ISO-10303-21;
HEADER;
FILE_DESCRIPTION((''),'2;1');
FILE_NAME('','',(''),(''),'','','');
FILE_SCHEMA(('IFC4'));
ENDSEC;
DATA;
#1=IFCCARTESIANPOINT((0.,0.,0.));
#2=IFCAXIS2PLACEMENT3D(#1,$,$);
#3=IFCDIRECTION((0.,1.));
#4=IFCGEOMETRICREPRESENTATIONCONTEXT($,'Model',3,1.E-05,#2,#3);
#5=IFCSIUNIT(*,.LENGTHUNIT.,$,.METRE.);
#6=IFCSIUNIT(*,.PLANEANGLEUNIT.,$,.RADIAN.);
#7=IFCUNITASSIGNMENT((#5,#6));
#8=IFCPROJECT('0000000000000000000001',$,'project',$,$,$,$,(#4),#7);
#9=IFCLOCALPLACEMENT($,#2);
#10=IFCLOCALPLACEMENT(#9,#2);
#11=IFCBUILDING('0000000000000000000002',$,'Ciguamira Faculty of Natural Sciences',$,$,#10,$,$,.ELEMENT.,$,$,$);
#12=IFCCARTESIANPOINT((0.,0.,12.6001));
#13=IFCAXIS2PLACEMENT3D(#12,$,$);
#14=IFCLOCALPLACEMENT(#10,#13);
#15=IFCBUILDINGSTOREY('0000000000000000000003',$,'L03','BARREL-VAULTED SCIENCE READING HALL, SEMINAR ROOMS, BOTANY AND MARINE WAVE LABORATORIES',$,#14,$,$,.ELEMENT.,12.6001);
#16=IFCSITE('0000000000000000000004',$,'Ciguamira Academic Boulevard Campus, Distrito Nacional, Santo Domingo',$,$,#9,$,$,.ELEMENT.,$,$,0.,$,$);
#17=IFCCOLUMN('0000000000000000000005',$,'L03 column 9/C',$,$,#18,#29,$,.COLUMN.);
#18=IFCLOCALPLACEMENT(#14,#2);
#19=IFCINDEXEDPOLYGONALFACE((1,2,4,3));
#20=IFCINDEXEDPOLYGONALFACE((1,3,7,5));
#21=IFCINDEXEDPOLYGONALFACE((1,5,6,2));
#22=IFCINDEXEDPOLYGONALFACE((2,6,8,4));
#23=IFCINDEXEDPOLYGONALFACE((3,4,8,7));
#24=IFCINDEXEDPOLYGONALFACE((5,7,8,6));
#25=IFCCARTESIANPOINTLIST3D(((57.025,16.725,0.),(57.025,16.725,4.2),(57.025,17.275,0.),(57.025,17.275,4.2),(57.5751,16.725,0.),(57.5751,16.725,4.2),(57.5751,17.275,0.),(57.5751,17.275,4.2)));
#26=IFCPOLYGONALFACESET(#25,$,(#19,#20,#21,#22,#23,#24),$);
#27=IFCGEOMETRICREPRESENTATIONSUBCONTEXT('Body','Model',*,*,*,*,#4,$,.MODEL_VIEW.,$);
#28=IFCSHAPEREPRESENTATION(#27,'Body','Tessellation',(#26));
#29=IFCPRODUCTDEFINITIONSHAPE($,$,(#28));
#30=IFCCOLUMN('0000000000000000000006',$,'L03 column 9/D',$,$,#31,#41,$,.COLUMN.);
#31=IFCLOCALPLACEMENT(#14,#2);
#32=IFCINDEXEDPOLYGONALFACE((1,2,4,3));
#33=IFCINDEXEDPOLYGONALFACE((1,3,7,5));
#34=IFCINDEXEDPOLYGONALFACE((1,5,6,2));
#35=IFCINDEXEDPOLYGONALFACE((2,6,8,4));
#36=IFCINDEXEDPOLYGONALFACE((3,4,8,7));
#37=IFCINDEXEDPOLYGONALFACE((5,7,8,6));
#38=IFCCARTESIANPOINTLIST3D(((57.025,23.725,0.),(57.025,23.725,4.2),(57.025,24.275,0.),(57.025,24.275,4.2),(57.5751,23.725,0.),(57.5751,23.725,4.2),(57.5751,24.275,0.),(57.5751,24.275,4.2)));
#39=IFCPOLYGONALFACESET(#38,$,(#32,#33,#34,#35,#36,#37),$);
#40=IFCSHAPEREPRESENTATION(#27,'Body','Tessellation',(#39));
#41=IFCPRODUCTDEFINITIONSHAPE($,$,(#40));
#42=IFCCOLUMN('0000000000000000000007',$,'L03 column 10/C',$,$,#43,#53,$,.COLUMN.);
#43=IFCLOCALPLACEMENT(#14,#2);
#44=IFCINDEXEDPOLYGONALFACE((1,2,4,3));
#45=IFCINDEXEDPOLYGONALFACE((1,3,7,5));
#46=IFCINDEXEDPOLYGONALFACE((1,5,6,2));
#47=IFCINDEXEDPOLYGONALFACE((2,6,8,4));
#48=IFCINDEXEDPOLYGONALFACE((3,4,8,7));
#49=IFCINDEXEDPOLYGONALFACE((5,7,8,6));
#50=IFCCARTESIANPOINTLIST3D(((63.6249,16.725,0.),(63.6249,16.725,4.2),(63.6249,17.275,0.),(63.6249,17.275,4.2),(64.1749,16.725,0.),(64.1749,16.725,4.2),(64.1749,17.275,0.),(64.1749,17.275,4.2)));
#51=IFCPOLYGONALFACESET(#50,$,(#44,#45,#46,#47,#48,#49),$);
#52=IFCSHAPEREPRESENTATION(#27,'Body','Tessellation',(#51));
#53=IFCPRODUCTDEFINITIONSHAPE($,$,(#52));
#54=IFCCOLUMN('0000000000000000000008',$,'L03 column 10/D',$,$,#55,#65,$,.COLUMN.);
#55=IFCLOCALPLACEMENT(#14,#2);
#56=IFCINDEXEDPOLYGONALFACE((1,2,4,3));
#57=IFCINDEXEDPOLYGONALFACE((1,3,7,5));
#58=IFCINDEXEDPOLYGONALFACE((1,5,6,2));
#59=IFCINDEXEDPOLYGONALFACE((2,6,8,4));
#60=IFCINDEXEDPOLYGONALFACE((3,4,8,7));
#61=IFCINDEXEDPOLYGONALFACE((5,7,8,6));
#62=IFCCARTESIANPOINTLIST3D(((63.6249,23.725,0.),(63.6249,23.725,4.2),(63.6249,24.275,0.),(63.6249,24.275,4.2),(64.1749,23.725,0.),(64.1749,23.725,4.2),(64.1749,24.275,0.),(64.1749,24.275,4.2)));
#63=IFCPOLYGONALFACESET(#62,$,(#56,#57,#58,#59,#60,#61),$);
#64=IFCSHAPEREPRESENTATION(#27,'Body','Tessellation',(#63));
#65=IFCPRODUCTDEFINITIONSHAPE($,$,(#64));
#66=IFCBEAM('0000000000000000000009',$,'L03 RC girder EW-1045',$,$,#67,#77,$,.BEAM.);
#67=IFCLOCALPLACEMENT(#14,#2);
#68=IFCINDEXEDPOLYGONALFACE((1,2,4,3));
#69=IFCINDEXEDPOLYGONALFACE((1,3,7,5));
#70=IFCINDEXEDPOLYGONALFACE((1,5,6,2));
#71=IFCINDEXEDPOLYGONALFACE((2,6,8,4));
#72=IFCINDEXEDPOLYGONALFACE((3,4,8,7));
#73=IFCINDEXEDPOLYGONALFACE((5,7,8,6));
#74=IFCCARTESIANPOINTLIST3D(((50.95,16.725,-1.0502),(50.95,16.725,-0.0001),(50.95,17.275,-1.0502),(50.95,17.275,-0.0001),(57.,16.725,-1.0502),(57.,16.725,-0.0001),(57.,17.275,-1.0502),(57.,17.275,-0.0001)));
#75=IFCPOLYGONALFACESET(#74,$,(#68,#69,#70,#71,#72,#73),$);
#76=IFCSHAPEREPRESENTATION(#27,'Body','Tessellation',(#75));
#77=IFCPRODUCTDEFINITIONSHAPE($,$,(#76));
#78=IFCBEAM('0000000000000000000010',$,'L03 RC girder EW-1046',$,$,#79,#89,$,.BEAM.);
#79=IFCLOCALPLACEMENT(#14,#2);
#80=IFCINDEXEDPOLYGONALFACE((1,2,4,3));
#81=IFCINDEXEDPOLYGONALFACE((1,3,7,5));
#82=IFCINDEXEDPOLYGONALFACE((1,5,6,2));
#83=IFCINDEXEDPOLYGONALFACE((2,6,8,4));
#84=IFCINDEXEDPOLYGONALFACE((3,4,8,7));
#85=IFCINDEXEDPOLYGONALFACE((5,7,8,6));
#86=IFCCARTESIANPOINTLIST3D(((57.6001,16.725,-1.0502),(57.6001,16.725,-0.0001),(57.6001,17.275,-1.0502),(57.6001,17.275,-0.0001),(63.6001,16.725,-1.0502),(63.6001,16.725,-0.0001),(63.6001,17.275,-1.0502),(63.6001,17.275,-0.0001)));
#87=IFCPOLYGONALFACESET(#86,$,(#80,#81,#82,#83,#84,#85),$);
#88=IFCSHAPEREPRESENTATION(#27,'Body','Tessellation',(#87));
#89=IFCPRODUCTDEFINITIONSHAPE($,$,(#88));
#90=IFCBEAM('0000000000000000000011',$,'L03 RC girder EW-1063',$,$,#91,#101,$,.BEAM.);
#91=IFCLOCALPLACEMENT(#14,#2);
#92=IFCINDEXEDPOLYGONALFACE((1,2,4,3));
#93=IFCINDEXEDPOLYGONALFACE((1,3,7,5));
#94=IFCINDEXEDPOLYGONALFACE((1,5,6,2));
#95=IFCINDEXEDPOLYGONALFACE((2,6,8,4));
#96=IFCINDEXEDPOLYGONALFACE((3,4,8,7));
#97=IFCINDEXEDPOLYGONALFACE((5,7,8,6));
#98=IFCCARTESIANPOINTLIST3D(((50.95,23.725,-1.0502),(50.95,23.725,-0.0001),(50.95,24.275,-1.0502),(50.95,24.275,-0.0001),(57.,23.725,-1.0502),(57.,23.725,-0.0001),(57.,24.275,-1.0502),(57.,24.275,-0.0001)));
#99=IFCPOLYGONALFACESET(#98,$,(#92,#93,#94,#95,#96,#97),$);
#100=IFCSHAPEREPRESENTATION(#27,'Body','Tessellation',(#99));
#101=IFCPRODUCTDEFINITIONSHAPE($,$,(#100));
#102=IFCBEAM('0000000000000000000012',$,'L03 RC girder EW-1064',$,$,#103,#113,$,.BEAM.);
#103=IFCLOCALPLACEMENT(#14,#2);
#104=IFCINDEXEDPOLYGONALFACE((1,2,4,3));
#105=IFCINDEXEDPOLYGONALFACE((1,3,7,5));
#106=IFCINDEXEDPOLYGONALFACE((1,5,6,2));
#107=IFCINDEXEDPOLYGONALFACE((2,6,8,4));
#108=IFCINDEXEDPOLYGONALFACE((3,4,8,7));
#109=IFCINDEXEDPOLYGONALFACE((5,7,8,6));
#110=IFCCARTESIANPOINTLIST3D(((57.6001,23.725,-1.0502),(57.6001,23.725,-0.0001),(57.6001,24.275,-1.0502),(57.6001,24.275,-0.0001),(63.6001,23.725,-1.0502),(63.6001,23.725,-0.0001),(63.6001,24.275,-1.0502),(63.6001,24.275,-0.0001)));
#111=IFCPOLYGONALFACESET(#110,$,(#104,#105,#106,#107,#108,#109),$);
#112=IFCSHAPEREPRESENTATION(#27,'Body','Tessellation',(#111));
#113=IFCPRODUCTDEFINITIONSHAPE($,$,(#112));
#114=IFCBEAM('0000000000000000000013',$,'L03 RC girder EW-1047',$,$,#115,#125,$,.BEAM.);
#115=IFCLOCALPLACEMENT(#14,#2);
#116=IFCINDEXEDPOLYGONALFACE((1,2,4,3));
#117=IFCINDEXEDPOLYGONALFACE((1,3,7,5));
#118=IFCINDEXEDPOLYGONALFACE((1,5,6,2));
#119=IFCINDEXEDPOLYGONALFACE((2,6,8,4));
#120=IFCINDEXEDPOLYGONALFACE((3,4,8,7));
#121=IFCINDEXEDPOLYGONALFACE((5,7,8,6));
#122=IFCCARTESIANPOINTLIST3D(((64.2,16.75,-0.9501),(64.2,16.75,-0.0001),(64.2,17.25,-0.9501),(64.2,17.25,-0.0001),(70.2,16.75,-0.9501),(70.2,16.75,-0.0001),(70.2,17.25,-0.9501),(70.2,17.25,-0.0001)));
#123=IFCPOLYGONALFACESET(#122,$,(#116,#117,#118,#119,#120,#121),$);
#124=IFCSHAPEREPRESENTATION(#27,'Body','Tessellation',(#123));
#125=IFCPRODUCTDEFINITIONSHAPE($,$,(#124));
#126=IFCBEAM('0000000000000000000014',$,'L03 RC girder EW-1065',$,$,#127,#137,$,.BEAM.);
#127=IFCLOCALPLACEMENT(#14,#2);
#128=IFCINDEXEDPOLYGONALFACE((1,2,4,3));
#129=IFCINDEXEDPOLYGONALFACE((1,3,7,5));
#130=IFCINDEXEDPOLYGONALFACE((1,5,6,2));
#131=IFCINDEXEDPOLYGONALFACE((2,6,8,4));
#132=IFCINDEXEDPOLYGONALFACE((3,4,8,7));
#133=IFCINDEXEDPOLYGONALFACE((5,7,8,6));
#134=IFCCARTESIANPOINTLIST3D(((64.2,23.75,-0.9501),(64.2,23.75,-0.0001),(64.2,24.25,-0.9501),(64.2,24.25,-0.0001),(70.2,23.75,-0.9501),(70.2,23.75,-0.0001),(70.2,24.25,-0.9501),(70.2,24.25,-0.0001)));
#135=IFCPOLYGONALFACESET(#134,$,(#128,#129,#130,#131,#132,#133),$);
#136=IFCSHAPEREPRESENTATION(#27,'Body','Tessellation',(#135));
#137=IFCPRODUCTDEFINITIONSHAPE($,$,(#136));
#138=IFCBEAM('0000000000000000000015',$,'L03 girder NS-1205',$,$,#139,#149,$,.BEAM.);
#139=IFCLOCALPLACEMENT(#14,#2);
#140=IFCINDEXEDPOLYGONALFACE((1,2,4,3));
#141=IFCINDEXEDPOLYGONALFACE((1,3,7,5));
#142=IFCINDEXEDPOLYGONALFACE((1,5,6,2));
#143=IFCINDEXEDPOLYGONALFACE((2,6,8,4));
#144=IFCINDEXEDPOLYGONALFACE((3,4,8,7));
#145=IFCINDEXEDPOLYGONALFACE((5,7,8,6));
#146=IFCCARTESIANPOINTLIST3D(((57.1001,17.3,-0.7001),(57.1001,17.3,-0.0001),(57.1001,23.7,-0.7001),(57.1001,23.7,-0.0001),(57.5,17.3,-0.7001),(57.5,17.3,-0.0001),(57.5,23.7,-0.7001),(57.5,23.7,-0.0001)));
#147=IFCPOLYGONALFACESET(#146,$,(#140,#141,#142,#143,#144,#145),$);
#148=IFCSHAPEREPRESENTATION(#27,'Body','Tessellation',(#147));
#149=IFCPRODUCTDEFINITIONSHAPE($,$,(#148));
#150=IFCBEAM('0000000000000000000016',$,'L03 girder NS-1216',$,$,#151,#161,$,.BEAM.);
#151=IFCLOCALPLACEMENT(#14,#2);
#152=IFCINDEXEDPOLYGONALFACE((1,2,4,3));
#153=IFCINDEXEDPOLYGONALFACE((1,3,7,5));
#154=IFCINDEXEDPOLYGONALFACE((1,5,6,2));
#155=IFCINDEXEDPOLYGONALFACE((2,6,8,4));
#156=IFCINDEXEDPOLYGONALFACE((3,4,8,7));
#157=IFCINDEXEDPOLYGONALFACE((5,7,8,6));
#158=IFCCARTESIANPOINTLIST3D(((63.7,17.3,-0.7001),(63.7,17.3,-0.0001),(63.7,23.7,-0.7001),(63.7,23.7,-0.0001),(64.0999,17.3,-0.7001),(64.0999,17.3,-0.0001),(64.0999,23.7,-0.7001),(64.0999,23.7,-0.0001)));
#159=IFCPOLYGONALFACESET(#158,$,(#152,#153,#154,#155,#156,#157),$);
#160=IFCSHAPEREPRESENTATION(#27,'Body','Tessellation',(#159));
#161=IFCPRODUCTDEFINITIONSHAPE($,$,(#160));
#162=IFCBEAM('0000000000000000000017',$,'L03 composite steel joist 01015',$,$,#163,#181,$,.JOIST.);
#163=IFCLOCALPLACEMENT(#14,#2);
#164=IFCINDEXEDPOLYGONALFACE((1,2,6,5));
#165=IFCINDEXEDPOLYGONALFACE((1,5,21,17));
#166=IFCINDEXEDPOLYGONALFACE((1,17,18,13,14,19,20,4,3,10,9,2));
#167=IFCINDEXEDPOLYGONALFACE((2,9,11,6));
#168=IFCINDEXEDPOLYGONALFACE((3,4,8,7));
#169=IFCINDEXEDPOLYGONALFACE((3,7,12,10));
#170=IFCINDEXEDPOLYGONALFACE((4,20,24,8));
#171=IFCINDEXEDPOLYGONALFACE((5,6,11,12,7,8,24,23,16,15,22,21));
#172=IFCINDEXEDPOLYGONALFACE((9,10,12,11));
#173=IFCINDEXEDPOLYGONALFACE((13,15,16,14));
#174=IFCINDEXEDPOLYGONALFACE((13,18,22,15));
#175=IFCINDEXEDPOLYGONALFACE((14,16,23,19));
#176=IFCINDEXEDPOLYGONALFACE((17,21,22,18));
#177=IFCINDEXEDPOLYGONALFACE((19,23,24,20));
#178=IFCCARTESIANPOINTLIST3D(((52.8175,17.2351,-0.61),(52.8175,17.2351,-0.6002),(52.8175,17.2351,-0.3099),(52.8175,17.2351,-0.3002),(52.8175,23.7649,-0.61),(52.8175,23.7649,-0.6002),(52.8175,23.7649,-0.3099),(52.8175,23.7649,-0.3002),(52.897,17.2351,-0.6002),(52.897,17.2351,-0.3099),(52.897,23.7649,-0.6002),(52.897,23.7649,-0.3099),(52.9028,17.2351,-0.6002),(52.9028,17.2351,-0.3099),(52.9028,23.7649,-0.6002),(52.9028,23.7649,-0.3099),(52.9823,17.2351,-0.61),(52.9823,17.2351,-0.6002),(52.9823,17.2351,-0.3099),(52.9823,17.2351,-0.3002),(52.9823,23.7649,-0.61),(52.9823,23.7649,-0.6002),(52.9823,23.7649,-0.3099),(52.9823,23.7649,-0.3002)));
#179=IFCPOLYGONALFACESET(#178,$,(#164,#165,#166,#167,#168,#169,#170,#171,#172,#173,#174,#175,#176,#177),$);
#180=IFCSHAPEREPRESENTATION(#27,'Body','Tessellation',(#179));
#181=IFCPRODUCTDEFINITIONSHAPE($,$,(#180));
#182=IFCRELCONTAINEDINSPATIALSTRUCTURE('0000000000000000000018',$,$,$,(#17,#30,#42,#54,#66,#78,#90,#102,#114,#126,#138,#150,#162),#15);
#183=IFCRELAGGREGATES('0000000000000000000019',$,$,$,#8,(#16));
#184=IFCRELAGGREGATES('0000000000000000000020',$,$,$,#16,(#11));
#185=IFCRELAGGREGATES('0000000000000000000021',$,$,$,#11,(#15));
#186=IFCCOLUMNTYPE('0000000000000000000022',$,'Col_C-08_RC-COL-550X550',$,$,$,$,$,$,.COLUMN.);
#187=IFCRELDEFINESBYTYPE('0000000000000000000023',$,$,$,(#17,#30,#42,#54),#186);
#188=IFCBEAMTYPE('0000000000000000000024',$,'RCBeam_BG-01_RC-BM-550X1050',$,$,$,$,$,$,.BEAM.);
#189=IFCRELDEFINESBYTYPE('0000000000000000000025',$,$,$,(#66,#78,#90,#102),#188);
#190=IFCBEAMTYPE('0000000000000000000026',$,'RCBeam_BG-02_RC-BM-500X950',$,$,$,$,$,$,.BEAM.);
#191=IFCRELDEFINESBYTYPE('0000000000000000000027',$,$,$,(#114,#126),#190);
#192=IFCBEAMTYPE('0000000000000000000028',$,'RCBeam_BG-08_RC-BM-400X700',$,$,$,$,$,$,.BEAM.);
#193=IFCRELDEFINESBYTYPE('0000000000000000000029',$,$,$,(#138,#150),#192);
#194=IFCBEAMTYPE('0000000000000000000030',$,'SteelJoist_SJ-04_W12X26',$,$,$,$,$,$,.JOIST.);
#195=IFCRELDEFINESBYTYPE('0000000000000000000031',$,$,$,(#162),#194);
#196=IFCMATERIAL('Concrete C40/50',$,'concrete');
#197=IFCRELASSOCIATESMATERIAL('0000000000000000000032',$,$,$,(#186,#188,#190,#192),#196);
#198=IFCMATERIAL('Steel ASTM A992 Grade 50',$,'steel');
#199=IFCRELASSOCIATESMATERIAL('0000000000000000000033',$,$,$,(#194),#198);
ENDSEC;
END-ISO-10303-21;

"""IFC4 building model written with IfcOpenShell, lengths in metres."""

from ifc_helpers import new_model, si_unit, direction, frame, origin, origin_2d, place, context, subcontext, project, spatial, rectangle, i_section, extrude, material, material_profile, profile_set, type_object, element, save


model = new_model("IFC4")

# Units and contexts
model_context = context("Model", 3, precision=1e-05, world=origin(), true_north=direction((0.0, 1.0)))
body_context = subcontext(model_context, "Body", "Model", "MODEL_VIEW")
ifc_project = project(units=[si_unit("LENGTHUNIT", "METRE"), si_unit("PLANEANGLEUNIT", "RADIAN")], contexts=[model_context])

# Site, building, storey
site_placement = place(None, origin())
site = spatial("IfcSite", under=ifc_project, at=site_placement, Name="Ciguamira Academic Boulevard Campus, Distrito Nacional, Santo Domingo", CompositionType="ELEMENT", RefElevation=0.0)
building_placement = place(site_placement, origin())
building = spatial("IfcBuilding", under=site, at=building_placement, Name="Ciguamira Faculty of Natural Sciences", CompositionType="ELEMENT")
storey_placement = place(building_placement, frame((0.0, 0.0, 12.6001)))
storey = spatial("IfcBuildingStorey", under=building, at=storey_placement, Name="L03", Description="BARREL-VAULTED SCIENCE READING HALL, SEMINAR ROOMS, BOTANY AND MARINE WAVE LABORATORIES", CompositionType="ELEMENT", Elevation=12.6001)

# Columns
ifc_material_1 = material(Name="Concrete C40/50", Category="concrete")
ifc_material_profile_1 = material_profile(ifc_material_1, rectangle(XDim=0.55, YDim=0.55, at=origin_2d()), Name="RC-COL-550X550")
ifc_profile_set_1 = profile_set([ifc_material_profile_1], Name="Concrete C40/50")
column_type = type_object("IfcColumnType", Name="Col_C-08_RC-COL-550X550", PredefinedType="COLUMN", material=ifc_profile_set_1)
for number, where, z_axis, x_axis, name in (
    (1, (57.3, 17.0, 0.0), (0.0, 0.0, 1.0), (1.0, 0.0, 0.0), "L03 column 9/C"),
    (2, (57.3, 24.0, 0.0), (0.0, 0.0, 1.0), (1.0, 0.0, 0.0), "L03 column 9/D"),
    (3, (63.8999, 17.0, 0.0), (0.0, 0.0, 1.0), (1.0, 0.0, 0.0), "L03 column 10/C"),
    (4, (63.8999, 24.0, 0.0), (0.0, 0.0, 1.0), (1.0, 0.0, 0.0), "L03 column 10/D"),
):
    element("IfcColumn", number, at=place(storey_placement, frame(where, z_axis=z_axis, x_axis=x_axis)), inside=storey, type_object=column_type, Name=name, PredefinedType="COLUMN", context=body_context, shape_type="SweptSolid", body=[
        extrude(rectangle(XDim=0.55, YDim=0.55, at=origin_2d()), origin(), (0.0, 0.0, 1.0), 4.2),
    ])

# Beams
ifc_material_profile_2 = material_profile(ifc_material_1, rectangle(XDim=0.55, YDim=1.05, at=origin_2d()), Name="RC-BM-550X1050")
ifc_profile_set_2 = profile_set([ifc_material_profile_2], Name="Concrete C40/50")
beam_type_1 = type_object("IfcBeamType", Name="RCBeam_BG-01_RC-BM-550X1050", PredefinedType="BEAM", material=ifc_profile_set_2)
beam_1_placement = place(storey_placement, frame((50.95, 17.0, -0.5251), z_axis=(1.0, 0.0, 0.0), x_axis=(0.0, 1.0, 0.0)))
element("IfcBeam", 5, at=beam_1_placement, inside=storey, type_object=beam_type_1, Name="L03 RC girder EW-1045", PredefinedType="BEAM", context=body_context, shape_type="SweptSolid", body=[
    extrude(rectangle(XDim=0.55, YDim=1.05, at=origin_2d()), origin(), (0.0, 0.0, 1.0), 6.05),
])
beam_2_placement = place(storey_placement, frame((57.6001, 17.0, -0.5251), z_axis=(1.0, 0.0, 0.0), x_axis=(0.0, 1.0, 0.0)))
element("IfcBeam", 6, at=beam_2_placement, inside=storey, type_object=beam_type_1, Name="L03 RC girder EW-1046", PredefinedType="BEAM", context=body_context, shape_type="SweptSolid", body=[
    extrude(rectangle(XDim=0.55, YDim=1.05, at=origin_2d()), origin(), (0.0, 0.0, 1.0), 6.0),
])
beam_3_placement = place(storey_placement, frame((50.95, 24.0, -0.5251), z_axis=(1.0, 0.0, 0.0), x_axis=(0.0, 1.0, 0.0)))
element("IfcBeam", 7, at=beam_3_placement, inside=storey, type_object=beam_type_1, Name="L03 RC girder EW-1063", PredefinedType="BEAM", context=body_context, shape_type="SweptSolid", body=[
    extrude(rectangle(XDim=0.55, YDim=1.05, at=origin_2d()), origin(), (0.0, 0.0, 1.0), 6.05),
])
beam_4_placement = place(storey_placement, frame((57.6001, 24.0, -0.5251), z_axis=(1.0, 0.0, 0.0), x_axis=(0.0, 1.0, 0.0)))
element("IfcBeam", 8, at=beam_4_placement, inside=storey, type_object=beam_type_1, Name="L03 RC girder EW-1064", PredefinedType="BEAM", context=body_context, shape_type="SweptSolid", body=[
    extrude(rectangle(XDim=0.55, YDim=1.05, at=origin_2d()), origin(), (0.0, 0.0, 1.0), 6.0),
])
ifc_material_profile_3 = material_profile(ifc_material_1, rectangle(XDim=0.5, YDim=0.95, at=origin_2d()), Name="RC-BM-500X950")
ifc_profile_set_3 = profile_set([ifc_material_profile_3], Name="Concrete C40/50")
beam_type_2 = type_object("IfcBeamType", Name="RCBeam_BG-02_RC-BM-500X950", PredefinedType="BEAM", material=ifc_profile_set_3)
for number, where, z_axis, x_axis, name in (
    (9, (64.2, 17.0, -0.4751), (1.0, 0.0, 0.0), (0.0, 1.0, 0.0), "L03 RC girder EW-1047"),
    (10, (64.2, 24.0, -0.4751), (1.0, 0.0, 0.0), (0.0, 1.0, 0.0), "L03 RC girder EW-1065"),
):
    element("IfcBeam", number, at=place(storey_placement, frame(where, z_axis=z_axis, x_axis=x_axis)), inside=storey, type_object=beam_type_2, Name=name, PredefinedType="BEAM", context=body_context, shape_type="SweptSolid", body=[
        extrude(rectangle(XDim=0.5, YDim=0.95, at=origin_2d()), origin(), (0.0, 0.0, 1.0), 6.0),
    ])
ifc_material_profile_4 = material_profile(ifc_material_1, rectangle(XDim=0.3999, YDim=0.7, at=origin_2d()), Name="RC-BM-400X700")
ifc_profile_set_4 = profile_set([ifc_material_profile_4], Name="Concrete C40/50")
beam_type_3 = type_object("IfcBeamType", Name="RCBeam_BG-08_RC-BM-400X700", PredefinedType="BEAM", material=ifc_profile_set_4)
for number, where, z_axis, x_axis, name in (
    (11, (57.3, 17.3, -0.3501), (0.0, 1.0, 0.0), (-1.0, 0.0, 0.0), "L03 girder NS-1205"),
    (12, (63.8999, 17.3, -0.3501), (0.0, 1.0, 0.0), (-1.0, 0.0, 0.0), "L03 girder NS-1216"),
):
    element("IfcBeam", number, at=place(storey_placement, frame(where, z_axis=z_axis, x_axis=x_axis)), inside=storey, type_object=beam_type_3, Name=name, PredefinedType="BEAM", context=body_context, shape_type="SweptSolid", body=[
        extrude(rectangle(XDim=0.3999, YDim=0.7, at=origin_2d()), origin(), (0.0, 0.0, 1.0), 6.3999),
    ])
ifc_material_2 = material(Name="Steel ASTM A992 Grade 50", Category="steel")
ifc_material_profile_5 = material_profile(ifc_material_2, i_section(OverallWidth=0.1648, OverallDepth=0.3098, WebThickness=0.0059, FlangeThickness=0.0098, at=origin_2d()), Name="W12X26")
ifc_profile_set_5 = profile_set([ifc_material_profile_5], Name="Steel ASTM A992 Grade 50")
beam_type_4 = type_object("IfcBeamType", Name="SteelJoist_SJ-04_W12X26", PredefinedType="JOIST", material=ifc_profile_set_5)
beam_5_placement = place(storey_placement, frame((52.8999, 17.2351, -0.4551), z_axis=(0.0, 1.0, 0.0), x_axis=(-1.0, 0.0, 0.0)))
element("IfcBeam", 13, at=beam_5_placement, inside=storey, type_object=beam_type_4, Name="L03 composite steel joist 01015", PredefinedType="JOIST", context=body_context, shape_type="SweptSolid", body=[
    extrude(i_section(OverallWidth=0.1648, OverallDepth=0.3098, WebThickness=0.0059, FlangeThickness=0.0098, at=origin_2d()), origin(), (0.0, 0.0, 1.0), 6.5298),
])

save(model, "model.ifc")
